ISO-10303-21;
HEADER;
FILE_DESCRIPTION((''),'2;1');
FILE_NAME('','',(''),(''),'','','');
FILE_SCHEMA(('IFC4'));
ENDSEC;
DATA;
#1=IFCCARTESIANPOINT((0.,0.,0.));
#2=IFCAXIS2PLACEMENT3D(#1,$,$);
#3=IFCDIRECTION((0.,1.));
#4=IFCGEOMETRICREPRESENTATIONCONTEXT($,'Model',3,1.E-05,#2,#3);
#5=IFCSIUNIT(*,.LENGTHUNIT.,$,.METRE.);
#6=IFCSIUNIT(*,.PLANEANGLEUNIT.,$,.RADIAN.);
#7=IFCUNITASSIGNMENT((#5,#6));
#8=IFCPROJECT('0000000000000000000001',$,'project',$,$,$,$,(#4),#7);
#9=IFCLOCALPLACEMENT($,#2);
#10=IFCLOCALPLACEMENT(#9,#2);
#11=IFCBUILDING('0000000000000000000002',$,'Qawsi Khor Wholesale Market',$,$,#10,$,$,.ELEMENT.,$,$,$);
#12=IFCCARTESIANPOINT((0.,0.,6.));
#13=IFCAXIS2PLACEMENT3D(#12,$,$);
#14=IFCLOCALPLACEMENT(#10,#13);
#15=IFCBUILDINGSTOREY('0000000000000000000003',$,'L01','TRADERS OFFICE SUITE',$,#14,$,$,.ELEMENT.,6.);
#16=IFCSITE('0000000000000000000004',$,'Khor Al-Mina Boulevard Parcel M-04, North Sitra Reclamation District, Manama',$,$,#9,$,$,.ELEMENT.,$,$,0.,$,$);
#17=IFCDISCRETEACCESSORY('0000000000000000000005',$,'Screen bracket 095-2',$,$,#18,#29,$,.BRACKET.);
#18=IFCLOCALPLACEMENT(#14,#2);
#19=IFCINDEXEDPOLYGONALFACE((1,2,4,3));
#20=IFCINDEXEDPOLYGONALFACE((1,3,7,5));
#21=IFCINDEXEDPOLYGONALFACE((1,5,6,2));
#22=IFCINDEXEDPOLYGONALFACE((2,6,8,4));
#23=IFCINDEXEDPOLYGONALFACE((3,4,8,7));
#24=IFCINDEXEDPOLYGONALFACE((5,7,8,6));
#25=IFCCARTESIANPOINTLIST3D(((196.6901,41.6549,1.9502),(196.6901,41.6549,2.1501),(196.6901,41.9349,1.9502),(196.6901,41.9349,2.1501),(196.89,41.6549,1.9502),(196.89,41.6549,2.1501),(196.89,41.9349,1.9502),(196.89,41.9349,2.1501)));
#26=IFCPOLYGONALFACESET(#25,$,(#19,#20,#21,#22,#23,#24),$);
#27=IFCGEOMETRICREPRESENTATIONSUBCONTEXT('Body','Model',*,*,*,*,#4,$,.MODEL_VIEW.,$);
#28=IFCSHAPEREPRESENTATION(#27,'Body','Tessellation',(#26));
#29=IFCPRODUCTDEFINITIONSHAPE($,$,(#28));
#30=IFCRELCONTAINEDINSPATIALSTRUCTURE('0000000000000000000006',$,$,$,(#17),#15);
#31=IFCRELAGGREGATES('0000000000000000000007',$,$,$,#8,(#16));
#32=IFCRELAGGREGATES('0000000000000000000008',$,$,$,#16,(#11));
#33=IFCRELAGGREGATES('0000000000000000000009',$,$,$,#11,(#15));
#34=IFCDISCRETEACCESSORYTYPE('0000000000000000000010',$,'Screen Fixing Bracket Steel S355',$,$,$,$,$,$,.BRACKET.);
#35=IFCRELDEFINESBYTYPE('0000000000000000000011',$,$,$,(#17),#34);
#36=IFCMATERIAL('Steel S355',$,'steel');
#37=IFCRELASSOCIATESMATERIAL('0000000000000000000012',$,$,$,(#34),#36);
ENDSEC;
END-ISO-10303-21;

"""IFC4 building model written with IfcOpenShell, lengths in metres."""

from ifc_helpers import new_model, si_unit, direction, frame, origin, origin_2d, place, context, subcontext, project, spatial, rectangle, extrude, material, type_object, element, save


model = new_model("IFC4")

# Units and contexts
model_context = context("Model", 3, precision=1e-05, world=origin(), true_north=direction((0.0, 1.0)))
body_context = subcontext(model_context, "Body", "Model", "MODEL_VIEW")
ifc_project = project(units=[si_unit("LENGTHUNIT", "METRE"), si_unit("PLANEANGLEUNIT", "RADIAN")], contexts=[model_context])

# Site, building, storey
site_placement = place(None, origin())
site = spatial("IfcSite", under=ifc_project, at=site_placement, Name="Khor Al-Mina Boulevard Parcel M-04, North Sitra Reclamation District, Manama", CompositionType="ELEMENT", RefElevation=0.0)
building_placement = place(site_placement, origin())
building = spatial("IfcBuilding", under=site, at=building_placement, Name="Qawsi Khor Wholesale Market", CompositionType="ELEMENT")
storey_placement = place(building_placement, frame((0.0, 0.0, 6.0)))
storey = spatial("IfcBuildingStorey", under=building, at=storey_placement, Name="L01", Description="TRADERS OFFICE SUITE", CompositionType="ELEMENT", Elevation=6.0)

# Shared definitions
ifc_material_1 = material(Name="Steel S355", Category="steel")

# Discrete accessory
discrete_accessory_type = type_object("IfcDiscreteAccessoryType", Name="Screen Fixing Bracket Steel S355", PredefinedType="BRACKET", material=ifc_material_1)
for number, where, z_axis, x_axis, name in (
    (1, (196.79, 41.7949, 1.9502), (0.0, 0.0, 1.0), (1.0, 0.0, 0.0), "Screen bracket 095-2"),
):
    element("IfcDiscreteAccessory", number, at=place(storey_placement, frame(where, z_axis=z_axis, x_axis=x_axis)), inside=storey, type_object=discrete_accessory_type, Name=name, PredefinedType="BRACKET", context=body_context, shape_type="SweptSolid", body=[
        extrude(rectangle(XDim=0.2, YDim=0.28, at=origin_2d()), origin(), (0.0, 0.0, 1.0), 0.2),
    ])

save(model, "model.ifc")
